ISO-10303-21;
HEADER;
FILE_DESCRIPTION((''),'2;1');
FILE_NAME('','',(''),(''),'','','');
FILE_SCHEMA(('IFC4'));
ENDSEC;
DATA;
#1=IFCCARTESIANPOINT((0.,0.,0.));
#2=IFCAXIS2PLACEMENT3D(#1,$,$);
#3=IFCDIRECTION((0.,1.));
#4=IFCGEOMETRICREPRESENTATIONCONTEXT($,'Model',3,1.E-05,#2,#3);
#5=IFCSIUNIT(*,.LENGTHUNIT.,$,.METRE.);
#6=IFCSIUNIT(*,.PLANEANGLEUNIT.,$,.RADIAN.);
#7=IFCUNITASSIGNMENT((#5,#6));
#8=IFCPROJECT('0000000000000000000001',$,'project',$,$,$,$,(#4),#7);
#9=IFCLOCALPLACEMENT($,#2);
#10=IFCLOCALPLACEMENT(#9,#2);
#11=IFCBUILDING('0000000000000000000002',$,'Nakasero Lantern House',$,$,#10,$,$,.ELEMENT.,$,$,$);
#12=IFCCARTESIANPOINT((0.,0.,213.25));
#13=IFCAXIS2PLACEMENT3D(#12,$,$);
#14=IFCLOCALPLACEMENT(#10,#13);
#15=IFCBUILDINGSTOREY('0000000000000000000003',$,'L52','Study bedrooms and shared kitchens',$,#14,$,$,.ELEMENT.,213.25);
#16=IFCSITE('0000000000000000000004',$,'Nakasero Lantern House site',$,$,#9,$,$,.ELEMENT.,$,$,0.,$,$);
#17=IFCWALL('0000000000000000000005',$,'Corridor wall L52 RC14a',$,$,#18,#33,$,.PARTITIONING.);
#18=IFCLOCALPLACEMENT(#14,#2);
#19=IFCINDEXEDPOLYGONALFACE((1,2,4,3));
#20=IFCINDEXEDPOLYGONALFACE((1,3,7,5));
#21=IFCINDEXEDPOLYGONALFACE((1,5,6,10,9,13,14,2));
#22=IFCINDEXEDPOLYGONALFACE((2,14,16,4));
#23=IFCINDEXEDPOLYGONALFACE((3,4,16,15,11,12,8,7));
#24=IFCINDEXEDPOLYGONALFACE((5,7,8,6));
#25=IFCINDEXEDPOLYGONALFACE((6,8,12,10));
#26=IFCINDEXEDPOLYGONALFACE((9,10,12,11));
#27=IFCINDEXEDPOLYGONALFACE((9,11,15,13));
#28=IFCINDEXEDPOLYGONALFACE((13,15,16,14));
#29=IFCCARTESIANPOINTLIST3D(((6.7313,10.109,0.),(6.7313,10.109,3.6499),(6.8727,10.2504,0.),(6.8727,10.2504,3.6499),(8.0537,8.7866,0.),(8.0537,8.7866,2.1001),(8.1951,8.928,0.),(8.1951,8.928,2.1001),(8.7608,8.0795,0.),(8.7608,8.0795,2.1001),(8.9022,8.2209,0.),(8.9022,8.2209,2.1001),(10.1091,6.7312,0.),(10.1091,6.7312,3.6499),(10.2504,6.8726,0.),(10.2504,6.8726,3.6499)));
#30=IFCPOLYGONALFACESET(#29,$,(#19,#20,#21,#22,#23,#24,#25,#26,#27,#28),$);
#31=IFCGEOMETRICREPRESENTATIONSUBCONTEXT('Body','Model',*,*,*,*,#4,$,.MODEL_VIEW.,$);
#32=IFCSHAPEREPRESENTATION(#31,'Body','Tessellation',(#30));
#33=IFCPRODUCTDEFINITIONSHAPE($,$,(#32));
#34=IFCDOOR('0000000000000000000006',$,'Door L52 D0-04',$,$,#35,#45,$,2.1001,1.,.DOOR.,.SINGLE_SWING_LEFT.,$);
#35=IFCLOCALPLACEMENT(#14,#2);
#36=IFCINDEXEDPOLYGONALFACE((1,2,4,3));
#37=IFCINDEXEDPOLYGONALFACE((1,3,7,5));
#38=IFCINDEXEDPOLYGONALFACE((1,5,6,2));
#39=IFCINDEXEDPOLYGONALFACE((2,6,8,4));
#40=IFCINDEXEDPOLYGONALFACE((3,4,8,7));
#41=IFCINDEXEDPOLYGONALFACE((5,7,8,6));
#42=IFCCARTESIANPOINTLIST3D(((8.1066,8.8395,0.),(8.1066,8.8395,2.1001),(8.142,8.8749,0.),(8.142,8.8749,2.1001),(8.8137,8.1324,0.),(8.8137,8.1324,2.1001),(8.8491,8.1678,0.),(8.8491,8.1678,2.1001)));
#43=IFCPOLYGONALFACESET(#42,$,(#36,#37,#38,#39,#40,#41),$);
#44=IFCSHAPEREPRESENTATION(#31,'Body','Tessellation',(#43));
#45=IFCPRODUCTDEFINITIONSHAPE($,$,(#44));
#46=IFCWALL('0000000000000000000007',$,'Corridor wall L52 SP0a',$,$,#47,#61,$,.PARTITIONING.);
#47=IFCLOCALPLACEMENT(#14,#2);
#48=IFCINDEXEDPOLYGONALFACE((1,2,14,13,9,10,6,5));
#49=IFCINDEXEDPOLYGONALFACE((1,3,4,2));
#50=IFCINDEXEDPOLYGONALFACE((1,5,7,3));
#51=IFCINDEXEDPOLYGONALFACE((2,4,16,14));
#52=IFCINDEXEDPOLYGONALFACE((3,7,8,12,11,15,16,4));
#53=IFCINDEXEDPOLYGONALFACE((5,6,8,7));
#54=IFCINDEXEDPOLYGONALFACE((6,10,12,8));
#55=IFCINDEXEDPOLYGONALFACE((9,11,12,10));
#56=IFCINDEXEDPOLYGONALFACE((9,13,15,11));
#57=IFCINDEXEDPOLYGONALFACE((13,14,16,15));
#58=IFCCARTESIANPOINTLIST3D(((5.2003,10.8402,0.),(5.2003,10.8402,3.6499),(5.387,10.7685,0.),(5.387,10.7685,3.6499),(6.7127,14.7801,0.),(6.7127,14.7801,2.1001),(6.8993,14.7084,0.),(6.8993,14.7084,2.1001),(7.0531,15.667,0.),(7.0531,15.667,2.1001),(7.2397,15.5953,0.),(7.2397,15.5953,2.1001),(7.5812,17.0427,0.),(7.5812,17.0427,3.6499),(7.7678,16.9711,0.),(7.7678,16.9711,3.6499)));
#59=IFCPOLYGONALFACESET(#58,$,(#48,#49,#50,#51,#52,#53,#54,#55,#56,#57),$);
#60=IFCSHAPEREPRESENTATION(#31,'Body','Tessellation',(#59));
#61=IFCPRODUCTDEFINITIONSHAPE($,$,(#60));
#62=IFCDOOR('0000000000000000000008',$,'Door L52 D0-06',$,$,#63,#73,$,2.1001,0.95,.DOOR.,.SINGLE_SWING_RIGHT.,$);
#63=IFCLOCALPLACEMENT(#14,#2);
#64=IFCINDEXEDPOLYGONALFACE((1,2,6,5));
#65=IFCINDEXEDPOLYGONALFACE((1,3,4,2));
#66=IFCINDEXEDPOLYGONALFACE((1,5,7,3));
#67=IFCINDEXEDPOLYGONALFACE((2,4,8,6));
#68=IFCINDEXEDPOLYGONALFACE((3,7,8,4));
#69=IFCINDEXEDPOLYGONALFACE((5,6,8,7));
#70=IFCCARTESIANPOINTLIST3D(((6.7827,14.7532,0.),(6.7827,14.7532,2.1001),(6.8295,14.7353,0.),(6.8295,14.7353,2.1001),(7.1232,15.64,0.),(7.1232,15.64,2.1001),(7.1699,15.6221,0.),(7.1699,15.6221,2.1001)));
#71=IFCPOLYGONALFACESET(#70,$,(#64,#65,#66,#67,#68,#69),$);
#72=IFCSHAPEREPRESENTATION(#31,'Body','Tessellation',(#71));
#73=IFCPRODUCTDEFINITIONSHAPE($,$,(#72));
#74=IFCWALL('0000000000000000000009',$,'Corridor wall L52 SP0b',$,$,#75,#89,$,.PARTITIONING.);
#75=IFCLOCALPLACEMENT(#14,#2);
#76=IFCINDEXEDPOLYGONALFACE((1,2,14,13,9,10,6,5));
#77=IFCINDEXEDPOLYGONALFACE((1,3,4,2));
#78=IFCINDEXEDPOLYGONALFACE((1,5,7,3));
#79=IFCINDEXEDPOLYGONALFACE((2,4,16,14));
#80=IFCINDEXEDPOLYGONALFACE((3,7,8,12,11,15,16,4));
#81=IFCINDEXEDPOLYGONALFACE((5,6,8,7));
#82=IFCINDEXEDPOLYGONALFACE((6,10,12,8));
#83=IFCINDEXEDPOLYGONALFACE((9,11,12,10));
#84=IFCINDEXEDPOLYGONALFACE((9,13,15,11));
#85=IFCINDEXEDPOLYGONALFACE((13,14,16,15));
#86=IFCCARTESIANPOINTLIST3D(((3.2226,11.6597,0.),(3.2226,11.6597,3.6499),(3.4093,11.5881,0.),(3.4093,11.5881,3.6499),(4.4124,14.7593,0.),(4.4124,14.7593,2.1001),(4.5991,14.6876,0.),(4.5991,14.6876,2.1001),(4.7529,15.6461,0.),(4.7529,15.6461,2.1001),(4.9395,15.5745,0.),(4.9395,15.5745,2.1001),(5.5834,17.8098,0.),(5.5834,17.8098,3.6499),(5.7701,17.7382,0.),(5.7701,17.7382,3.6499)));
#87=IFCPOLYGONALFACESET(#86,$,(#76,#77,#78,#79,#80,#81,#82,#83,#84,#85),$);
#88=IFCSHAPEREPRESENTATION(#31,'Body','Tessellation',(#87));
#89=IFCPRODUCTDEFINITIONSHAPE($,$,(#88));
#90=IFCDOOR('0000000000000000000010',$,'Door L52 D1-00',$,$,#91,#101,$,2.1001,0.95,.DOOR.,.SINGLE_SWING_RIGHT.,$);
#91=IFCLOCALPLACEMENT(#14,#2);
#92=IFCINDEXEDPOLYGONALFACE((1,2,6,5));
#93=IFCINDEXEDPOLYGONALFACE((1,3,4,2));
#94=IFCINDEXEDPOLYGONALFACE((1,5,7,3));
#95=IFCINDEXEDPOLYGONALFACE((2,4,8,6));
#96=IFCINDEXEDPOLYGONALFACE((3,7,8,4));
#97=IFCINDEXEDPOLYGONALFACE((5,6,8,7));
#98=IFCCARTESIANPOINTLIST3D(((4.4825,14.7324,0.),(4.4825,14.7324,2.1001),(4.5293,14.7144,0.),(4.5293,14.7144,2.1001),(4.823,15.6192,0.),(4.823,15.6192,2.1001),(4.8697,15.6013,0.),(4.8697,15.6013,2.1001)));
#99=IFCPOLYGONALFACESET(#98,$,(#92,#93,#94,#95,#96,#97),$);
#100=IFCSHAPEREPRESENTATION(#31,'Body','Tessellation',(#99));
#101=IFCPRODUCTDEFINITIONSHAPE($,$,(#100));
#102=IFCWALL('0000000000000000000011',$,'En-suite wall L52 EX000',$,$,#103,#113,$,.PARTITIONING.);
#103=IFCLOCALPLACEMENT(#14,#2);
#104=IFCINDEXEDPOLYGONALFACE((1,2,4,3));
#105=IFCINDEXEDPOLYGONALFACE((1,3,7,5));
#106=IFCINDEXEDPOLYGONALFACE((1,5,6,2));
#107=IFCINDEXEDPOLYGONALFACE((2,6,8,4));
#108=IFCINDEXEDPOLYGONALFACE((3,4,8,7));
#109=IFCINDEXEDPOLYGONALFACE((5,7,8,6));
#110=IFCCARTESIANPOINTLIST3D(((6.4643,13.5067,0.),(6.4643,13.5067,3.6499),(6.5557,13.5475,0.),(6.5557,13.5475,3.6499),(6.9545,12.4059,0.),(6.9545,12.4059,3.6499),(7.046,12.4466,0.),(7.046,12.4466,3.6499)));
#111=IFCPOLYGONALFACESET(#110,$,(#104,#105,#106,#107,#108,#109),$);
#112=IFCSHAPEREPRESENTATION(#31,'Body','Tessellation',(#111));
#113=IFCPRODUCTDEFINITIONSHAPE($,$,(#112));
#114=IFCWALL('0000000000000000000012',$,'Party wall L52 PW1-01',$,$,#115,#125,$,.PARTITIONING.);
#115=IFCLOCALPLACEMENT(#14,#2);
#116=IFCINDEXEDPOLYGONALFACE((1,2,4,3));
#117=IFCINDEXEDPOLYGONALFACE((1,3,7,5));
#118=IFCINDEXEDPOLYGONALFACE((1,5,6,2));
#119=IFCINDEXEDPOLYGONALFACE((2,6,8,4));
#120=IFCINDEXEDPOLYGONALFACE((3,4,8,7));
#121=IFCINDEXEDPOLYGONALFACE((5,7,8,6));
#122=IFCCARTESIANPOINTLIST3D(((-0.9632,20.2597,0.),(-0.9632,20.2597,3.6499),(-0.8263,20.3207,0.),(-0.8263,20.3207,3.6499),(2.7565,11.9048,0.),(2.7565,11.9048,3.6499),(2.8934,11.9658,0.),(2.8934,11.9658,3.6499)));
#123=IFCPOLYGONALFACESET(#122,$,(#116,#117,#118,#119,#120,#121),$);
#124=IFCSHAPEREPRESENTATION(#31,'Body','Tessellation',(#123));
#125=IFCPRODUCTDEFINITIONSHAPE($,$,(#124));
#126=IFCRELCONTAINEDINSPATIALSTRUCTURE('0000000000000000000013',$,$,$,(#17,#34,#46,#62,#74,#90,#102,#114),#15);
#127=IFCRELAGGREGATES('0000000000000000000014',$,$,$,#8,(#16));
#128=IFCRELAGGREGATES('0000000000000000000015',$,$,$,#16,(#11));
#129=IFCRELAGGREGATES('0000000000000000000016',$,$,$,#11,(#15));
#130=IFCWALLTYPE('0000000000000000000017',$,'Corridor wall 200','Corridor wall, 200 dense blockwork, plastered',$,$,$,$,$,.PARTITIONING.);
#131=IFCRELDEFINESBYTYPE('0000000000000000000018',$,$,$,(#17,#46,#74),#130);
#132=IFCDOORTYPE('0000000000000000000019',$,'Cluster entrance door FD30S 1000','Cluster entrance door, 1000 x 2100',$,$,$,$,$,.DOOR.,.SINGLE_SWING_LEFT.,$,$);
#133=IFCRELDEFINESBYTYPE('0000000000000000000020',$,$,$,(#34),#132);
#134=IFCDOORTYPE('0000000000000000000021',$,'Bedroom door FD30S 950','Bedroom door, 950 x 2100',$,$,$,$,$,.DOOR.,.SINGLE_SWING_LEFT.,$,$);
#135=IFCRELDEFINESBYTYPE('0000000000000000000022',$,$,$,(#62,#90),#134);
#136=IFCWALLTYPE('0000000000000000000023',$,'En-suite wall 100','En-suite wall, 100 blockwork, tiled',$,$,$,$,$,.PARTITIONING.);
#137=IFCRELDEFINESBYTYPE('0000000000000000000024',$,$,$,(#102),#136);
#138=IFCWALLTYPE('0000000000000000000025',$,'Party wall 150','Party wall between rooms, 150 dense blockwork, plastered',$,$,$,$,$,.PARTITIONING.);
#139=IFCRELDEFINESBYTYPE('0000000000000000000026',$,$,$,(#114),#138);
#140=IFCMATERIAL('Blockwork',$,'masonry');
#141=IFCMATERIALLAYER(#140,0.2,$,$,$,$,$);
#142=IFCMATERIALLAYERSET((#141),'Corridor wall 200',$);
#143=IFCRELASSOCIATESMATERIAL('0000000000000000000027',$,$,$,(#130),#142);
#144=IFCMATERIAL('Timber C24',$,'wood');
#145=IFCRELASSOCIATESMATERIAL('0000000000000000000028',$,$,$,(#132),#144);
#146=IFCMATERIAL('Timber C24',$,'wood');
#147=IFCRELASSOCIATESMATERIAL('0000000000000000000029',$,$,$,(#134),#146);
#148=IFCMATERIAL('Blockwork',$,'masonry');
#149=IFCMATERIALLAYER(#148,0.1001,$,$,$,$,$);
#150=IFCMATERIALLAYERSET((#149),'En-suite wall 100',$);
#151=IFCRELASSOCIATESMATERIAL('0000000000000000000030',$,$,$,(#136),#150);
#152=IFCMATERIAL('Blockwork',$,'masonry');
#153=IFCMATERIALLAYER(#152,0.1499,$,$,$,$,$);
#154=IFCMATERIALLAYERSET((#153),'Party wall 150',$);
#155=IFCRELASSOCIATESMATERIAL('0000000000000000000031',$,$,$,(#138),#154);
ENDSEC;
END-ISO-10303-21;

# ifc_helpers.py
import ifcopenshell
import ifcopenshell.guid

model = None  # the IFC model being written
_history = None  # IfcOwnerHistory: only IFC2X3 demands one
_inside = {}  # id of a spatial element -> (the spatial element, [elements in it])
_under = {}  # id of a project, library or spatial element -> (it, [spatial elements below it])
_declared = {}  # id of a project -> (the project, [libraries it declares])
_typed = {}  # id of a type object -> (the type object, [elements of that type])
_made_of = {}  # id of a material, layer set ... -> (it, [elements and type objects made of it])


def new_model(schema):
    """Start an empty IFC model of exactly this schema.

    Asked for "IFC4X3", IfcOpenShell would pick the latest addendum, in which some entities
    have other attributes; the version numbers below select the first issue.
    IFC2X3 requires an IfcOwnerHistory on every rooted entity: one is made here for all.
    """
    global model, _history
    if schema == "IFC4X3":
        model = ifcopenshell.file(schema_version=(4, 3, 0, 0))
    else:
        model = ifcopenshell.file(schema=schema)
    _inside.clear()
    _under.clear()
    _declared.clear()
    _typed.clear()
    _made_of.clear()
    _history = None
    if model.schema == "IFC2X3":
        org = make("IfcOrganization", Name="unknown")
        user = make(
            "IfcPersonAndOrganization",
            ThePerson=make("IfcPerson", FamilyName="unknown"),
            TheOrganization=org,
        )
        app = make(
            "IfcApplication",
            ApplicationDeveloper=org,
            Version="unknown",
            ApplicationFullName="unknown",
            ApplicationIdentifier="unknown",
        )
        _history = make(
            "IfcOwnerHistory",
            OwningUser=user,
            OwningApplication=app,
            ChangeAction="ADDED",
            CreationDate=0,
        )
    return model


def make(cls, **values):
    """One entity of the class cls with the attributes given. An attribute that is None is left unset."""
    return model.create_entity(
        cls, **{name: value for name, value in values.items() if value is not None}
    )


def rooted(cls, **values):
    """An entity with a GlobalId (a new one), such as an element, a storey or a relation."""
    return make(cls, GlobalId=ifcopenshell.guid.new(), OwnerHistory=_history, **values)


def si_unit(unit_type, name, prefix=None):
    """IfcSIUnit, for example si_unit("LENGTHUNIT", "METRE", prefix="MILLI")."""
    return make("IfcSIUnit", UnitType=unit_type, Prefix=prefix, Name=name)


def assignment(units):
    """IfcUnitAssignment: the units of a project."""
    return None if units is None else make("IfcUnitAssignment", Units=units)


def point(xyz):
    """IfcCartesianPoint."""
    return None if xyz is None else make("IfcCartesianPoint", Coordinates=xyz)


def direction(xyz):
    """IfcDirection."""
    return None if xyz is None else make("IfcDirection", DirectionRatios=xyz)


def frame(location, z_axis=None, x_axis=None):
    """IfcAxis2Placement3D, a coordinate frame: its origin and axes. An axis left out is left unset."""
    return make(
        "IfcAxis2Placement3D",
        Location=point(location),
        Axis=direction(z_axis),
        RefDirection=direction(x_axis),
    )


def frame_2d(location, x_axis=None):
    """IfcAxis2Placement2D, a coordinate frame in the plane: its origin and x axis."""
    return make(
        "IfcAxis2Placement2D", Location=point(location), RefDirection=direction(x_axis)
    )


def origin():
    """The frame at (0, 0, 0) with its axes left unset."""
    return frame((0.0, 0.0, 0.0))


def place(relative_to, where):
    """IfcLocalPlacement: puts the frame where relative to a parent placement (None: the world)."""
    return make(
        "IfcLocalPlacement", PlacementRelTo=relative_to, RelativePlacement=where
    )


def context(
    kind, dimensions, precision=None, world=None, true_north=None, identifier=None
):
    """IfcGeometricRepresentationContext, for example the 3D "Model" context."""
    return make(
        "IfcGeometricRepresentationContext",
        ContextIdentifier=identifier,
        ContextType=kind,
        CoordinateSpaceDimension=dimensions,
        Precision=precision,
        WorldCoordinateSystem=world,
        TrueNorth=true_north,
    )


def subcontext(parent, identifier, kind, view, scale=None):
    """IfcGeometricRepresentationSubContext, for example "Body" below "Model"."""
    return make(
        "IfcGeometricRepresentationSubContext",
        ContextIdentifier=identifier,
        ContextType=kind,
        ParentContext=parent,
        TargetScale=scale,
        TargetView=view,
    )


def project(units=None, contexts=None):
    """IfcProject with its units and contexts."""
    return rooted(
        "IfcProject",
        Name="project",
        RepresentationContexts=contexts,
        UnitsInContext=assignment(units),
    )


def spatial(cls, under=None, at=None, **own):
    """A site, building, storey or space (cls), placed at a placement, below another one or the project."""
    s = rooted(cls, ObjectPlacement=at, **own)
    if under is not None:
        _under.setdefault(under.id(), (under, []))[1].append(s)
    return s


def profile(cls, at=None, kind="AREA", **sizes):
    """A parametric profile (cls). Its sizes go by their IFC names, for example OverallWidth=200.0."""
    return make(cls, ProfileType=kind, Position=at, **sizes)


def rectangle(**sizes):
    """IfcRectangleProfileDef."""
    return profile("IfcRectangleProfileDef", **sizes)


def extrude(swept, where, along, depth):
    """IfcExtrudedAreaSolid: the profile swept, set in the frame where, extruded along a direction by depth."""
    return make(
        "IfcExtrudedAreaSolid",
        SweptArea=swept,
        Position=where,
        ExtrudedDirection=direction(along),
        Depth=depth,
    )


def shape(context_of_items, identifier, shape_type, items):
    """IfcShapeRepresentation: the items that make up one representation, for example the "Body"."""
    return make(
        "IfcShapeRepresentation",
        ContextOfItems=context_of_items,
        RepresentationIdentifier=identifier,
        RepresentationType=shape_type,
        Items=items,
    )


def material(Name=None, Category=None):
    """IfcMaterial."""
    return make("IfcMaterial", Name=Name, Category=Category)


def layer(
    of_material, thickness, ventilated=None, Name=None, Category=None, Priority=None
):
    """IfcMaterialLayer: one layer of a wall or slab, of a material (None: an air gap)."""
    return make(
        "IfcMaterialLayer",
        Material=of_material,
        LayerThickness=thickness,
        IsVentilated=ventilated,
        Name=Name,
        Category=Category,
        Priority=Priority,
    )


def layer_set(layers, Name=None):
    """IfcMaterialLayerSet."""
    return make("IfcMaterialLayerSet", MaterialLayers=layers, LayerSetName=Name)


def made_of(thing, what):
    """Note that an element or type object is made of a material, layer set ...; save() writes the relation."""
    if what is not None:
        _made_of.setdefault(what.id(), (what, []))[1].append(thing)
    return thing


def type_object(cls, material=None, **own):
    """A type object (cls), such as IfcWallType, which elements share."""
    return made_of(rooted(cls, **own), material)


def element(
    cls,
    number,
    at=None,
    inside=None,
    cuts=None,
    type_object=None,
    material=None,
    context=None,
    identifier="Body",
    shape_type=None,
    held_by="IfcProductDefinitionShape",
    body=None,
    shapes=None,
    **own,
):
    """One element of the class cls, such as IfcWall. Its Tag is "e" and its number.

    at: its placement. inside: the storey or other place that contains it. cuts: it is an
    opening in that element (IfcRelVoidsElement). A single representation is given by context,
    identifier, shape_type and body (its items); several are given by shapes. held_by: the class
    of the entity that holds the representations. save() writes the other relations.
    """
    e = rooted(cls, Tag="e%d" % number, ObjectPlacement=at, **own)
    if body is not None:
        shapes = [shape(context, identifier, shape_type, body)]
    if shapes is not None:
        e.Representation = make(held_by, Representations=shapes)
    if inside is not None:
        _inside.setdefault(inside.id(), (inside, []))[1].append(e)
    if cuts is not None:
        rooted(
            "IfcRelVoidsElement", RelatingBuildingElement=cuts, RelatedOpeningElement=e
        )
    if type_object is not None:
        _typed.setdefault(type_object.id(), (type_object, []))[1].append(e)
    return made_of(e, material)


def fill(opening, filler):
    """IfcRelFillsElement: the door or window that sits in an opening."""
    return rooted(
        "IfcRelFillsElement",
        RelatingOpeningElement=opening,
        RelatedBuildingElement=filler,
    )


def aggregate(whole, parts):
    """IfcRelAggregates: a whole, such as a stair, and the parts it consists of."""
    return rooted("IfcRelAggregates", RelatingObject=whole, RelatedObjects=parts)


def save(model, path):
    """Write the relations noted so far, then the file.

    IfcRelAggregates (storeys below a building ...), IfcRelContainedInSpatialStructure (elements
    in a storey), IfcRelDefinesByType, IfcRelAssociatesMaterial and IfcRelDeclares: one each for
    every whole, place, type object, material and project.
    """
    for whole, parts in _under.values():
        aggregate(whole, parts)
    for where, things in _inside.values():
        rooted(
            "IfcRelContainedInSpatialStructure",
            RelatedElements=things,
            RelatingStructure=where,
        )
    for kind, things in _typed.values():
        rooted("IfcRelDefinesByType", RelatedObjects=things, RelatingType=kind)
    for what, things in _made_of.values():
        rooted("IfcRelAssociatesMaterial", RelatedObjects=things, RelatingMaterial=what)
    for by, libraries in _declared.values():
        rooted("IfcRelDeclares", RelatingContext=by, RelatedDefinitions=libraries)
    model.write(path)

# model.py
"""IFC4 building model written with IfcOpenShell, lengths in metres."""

from ifc_helpers import new_model, si_unit, direction, frame, frame_2d, origin, place, context, subcontext, project, spatial, rectangle, extrude, material, layer, layer_set, type_object, element, fill, save


model = new_model("IFC4")

# Units and contexts
model_context = context("Model", 3, precision=1e-05, world=origin(), true_north=direction((0.0, 1.0)))
body_context = subcontext(model_context, "Body", "Model", "MODEL_VIEW")
ifc_project = project(units=[si_unit("LENGTHUNIT", "METRE"), si_unit("PLANEANGLEUNIT", "RADIAN")], contexts=[model_context])

# Site, building, storey
site_placement = place(None, origin())
site = spatial("IfcSite", under=ifc_project, at=site_placement, Name="Nakasero Lantern House site", CompositionType="ELEMENT", RefElevation=0.0)
building_placement = place(site_placement, origin())
building = spatial("IfcBuilding", under=site, at=building_placement, Name="Nakasero Lantern House", CompositionType="ELEMENT")
storey_placement = place(building_placement, frame((0.0, 0.0, 213.25)))
storey = spatial("IfcBuildingStorey", under=building, at=storey_placement, Name="L52", Description="Study bedrooms and shared kitchens", CompositionType="ELEMENT", Elevation=213.25)

# Shared definitions
ifc_material_1 = material(Name="Blockwork", Category="masonry")
ifc_layer_1 = layer(ifc_material_1, 0.2)
ifc_layer_set_1 = layer_set([ifc_layer_1], Name="Corridor wall 200")
wall_type_1 = type_object("IfcWallType", Name="Corridor wall 200", Description="Corridor wall, 200 dense blockwork, plastered", PredefinedType="PARTITIONING", material=ifc_layer_set_1)

# Walls, openings, doors
wall_1_placement = place(storey_placement, frame((6.802, 10.1797, 0.0), z_axis=(0.0, 0.0, 1.0), x_axis=(0.707107, -0.707107, 0.0)))
wall_1 = element("IfcWall", 1, at=wall_1_placement, inside=storey, type_object=wall_type_1, Name="Corridor wall L52 RC14a", PredefinedType="PARTITIONING", context=body_context, shape_type="SweptSolid", body=[
    extrude(rectangle(XDim=4.7769, YDim=0.2, at=frame_2d((2.3884, 0.0))), origin(), (0.0, 0.0, 1.0), 3.6499),
])
opening_1_placement = place(wall_1_placement, frame((1.8701, 0.0, 0.0)))
opening_1 = element("IfcOpeningElement", 2, at=opening_1_placement, cuts=wall_1, PredefinedType="OPENING", context=body_context, shape_type="SweptSolid", body=[
    extrude(rectangle(XDim=1.0, YDim=2.1001, at=frame_2d((0.5, 1.05))), frame((0.0, 0.1199, 0.0), z_axis=(0.0, -1.0, 0.0), x_axis=(1.0, 0.0, 0.0)), (0.0, 0.0, 1.0), 0.24),
])
ifc_material_2 = material(Name="Timber C24", Category="wood")
door_type_1 = type_object("IfcDoorType", Name="Cluster entrance door FD30S 1000", Description="Cluster entrance door, 1000 x 2100", OperationType="SINGLE_SWING_LEFT", PredefinedType="DOOR", material=ifc_material_2)
door_1_placement = place(opening_1_placement, origin())
door_1 = element("IfcDoor", 3, at=door_1_placement, inside=storey, type_object=door_type_1, Name="Door L52 D0-04", OperationType="SINGLE_SWING_LEFT", OverallHeight=2.1001, OverallWidth=1.0, PredefinedType="DOOR", context=body_context, shape_type="SweptSolid", body=[
    extrude(rectangle(XDim=1.0, YDim=2.1001, at=frame_2d((0.5, 1.05))), frame((0.0, 0.0249, 0.0), z_axis=(0.0, -1.0, 0.0), x_axis=(1.0, 0.0, 0.0)), (0.0, 0.0, 1.0), 0.05),
])
fill(opening_1, door_1)
wall_2_placement = place(storey_placement, frame((5.2937, 10.8044, 0.0), z_axis=(0.0, 0.0, 1.0), x_axis=(0.358354, 0.933586, 0.0)))
wall_2 = element("IfcWall", 4, at=wall_2_placement, inside=storey, type_object=wall_type_1, Name="Corridor wall L52 SP0a", PredefinedType="PARTITIONING", context=body_context, shape_type="SweptSolid", body=[
    extrude(rectangle(XDim=6.6438, YDim=0.2, at=frame_2d((3.3218, 0.0))), origin(), (0.0, 0.0, 1.0), 3.6499),
])
opening_2_placement = place(wall_2_placement, frame((4.22, 0.0, 0.0)))
opening_2 = element("IfcOpeningElement", 5, at=opening_2_placement, cuts=wall_2, PredefinedType="OPENING", context=body_context, shape_type="SweptSolid", body=[
    extrude(rectangle(XDim=0.95, YDim=2.1001, at=frame_2d((0.4751, 1.05))), frame((0.0, 0.1199, 0.0), z_axis=(0.0, -1.0, 0.0), x_axis=(1.0, 0.0, 0.0)), (0.0, 0.0, 1.0), 0.24),
])
ifc_material_3 = material(Name="Timber C24", Category="wood")
door_type_2 = type_object("IfcDoorType", Name="Bedroom door FD30S 950", Description="Bedroom door, 950 x 2100", OperationType="SINGLE_SWING_LEFT", PredefinedType="DOOR", material=ifc_material_3)
door_2_placement = place(opening_2_placement, origin())
door_2 = element("IfcDoor", 6, at=door_2_placement, inside=storey, type_object=door_type_2, Name="Door L52 D0-06", OperationType="SINGLE_SWING_RIGHT", OverallHeight=2.1001, OverallWidth=0.95, PredefinedType="DOOR", context=body_context, shape_type="SweptSolid", body=[
    extrude(rectangle(XDim=0.95, YDim=2.1001, at=frame_2d((0.4751, 1.05))), frame((0.0, 0.0249, 0.0), z_axis=(0.0, -1.0, 0.0), x_axis=(1.0, 0.0, 0.0)), (0.0, 0.0, 1.0), 0.05),
])
fill(opening_2, door_2)
wall_3_placement = place(storey_placement, frame((3.3159, 11.6238, 0.0), z_axis=(0.0, 0.0, 1.0), x_axis=(0.358371, 0.933579, 0.0)))
wall_3 = element("IfcWall", 7, at=wall_3_placement, inside=storey, type_object=wall_type_1, Name="Corridor wall L52 SP0b", PredefinedType="PARTITIONING", context=body_context, shape_type="SweptSolid", body=[
    extrude(rectangle(XDim=6.5876, YDim=0.2, at=frame_2d((3.2939, 0.0))), origin(), (0.0, 0.0, 1.0), 3.6499),
])
opening_3_placement = place(wall_3_placement, frame((3.3201, 0.0, 0.0)))
opening_3 = element("IfcOpeningElement", 8, at=opening_3_placement, cuts=wall_3, PredefinedType="OPENING", context=body_context, shape_type="SweptSolid", body=[
    extrude(rectangle(XDim=0.95, YDim=2.1001, at=frame_2d((0.4751, 1.05))), frame((0.0, 0.1199, 0.0), z_axis=(0.0, -1.0, 0.0), x_axis=(1.0, 0.0, 0.0)), (0.0, 0.0, 1.0), 0.24),
])
door_3_placement = place(opening_3_placement, origin())
door_3 = element("IfcDoor", 9, at=door_3_placement, inside=storey, type_object=door_type_2, Name="Door L52 D1-00", OperationType="SINGLE_SWING_RIGHT", OverallHeight=2.1001, OverallWidth=0.95, PredefinedType="DOOR", context=body_context, shape_type="SweptSolid", body=[
    extrude(rectangle(XDim=0.95, YDim=2.1001, at=frame_2d((0.4751, 1.05))), frame((0.0, 0.0249, 0.0), z_axis=(0.0, -1.0, 0.0), x_axis=(1.0, 0.0, 0.0)), (0.0, 0.0, 1.0), 0.05),
])
fill(opening_3, door_3)

# Walls
ifc_material_4 = material(Name="Blockwork", Category="masonry")
ifc_layer_2 = layer(ifc_material_4, 0.1001)
ifc_layer_set_2 = layer_set([ifc_layer_2], Name="En-suite wall 100")
wall_type_2 = type_object("IfcWallType", Name="En-suite wall 100", Description="En-suite wall, 100 blockwork, tiled", PredefinedType="PARTITIONING", material=ifc_layer_set_2)
wall_4_placement = place(storey_placement, frame((6.51, 13.5271, 0.0), z_axis=(0.0, 0.0, 1.0), x_axis=(0.406815, -0.913511, 0.0)))
element("IfcWall", 10, at=wall_4_placement, inside=storey, type_object=wall_type_2, Name="En-suite wall L52 EX000", PredefinedType="PARTITIONING", context=body_context, shape_type="SweptSolid", body=[
    extrude(rectangle(XDim=1.2051, YDim=0.1001, at=frame_2d((0.6025, 0.0))), origin(), (0.0, 0.0, 1.0), 3.6499),
])
ifc_material_5 = material(Name="Blockwork", Category="masonry")
ifc_layer_3 = layer(ifc_material_5, 0.1499)
ifc_layer_set_3 = layer_set([ifc_layer_3], Name="Party wall 150")
wall_type_3 = type_object("IfcWallType", Name="Party wall 150", Description="Party wall between rooms, 150 dense blockwork, plastered", PredefinedType="PARTITIONING", material=ifc_layer_set_3)
wall_5_placement = place(storey_placement, frame((2.825, 11.9353, 0.0), z_axis=(0.0, 0.0, 1.0), x_axis=(-0.406723, 0.913552, 0.0)))
element("IfcWall", 11, at=wall_5_placement, inside=storey, type_object=wall_type_3, Name="Party wall L52 PW1-01", PredefinedType="PARTITIONING", context=body_context, shape_type="SweptSolid", body=[
    extrude(rectangle(XDim=9.1455, YDim=0.1499, at=frame_2d((4.5728, 0.0))), origin(), (0.0, 0.0, 1.0), 3.6499),
])

save(model, "model.ifc")
